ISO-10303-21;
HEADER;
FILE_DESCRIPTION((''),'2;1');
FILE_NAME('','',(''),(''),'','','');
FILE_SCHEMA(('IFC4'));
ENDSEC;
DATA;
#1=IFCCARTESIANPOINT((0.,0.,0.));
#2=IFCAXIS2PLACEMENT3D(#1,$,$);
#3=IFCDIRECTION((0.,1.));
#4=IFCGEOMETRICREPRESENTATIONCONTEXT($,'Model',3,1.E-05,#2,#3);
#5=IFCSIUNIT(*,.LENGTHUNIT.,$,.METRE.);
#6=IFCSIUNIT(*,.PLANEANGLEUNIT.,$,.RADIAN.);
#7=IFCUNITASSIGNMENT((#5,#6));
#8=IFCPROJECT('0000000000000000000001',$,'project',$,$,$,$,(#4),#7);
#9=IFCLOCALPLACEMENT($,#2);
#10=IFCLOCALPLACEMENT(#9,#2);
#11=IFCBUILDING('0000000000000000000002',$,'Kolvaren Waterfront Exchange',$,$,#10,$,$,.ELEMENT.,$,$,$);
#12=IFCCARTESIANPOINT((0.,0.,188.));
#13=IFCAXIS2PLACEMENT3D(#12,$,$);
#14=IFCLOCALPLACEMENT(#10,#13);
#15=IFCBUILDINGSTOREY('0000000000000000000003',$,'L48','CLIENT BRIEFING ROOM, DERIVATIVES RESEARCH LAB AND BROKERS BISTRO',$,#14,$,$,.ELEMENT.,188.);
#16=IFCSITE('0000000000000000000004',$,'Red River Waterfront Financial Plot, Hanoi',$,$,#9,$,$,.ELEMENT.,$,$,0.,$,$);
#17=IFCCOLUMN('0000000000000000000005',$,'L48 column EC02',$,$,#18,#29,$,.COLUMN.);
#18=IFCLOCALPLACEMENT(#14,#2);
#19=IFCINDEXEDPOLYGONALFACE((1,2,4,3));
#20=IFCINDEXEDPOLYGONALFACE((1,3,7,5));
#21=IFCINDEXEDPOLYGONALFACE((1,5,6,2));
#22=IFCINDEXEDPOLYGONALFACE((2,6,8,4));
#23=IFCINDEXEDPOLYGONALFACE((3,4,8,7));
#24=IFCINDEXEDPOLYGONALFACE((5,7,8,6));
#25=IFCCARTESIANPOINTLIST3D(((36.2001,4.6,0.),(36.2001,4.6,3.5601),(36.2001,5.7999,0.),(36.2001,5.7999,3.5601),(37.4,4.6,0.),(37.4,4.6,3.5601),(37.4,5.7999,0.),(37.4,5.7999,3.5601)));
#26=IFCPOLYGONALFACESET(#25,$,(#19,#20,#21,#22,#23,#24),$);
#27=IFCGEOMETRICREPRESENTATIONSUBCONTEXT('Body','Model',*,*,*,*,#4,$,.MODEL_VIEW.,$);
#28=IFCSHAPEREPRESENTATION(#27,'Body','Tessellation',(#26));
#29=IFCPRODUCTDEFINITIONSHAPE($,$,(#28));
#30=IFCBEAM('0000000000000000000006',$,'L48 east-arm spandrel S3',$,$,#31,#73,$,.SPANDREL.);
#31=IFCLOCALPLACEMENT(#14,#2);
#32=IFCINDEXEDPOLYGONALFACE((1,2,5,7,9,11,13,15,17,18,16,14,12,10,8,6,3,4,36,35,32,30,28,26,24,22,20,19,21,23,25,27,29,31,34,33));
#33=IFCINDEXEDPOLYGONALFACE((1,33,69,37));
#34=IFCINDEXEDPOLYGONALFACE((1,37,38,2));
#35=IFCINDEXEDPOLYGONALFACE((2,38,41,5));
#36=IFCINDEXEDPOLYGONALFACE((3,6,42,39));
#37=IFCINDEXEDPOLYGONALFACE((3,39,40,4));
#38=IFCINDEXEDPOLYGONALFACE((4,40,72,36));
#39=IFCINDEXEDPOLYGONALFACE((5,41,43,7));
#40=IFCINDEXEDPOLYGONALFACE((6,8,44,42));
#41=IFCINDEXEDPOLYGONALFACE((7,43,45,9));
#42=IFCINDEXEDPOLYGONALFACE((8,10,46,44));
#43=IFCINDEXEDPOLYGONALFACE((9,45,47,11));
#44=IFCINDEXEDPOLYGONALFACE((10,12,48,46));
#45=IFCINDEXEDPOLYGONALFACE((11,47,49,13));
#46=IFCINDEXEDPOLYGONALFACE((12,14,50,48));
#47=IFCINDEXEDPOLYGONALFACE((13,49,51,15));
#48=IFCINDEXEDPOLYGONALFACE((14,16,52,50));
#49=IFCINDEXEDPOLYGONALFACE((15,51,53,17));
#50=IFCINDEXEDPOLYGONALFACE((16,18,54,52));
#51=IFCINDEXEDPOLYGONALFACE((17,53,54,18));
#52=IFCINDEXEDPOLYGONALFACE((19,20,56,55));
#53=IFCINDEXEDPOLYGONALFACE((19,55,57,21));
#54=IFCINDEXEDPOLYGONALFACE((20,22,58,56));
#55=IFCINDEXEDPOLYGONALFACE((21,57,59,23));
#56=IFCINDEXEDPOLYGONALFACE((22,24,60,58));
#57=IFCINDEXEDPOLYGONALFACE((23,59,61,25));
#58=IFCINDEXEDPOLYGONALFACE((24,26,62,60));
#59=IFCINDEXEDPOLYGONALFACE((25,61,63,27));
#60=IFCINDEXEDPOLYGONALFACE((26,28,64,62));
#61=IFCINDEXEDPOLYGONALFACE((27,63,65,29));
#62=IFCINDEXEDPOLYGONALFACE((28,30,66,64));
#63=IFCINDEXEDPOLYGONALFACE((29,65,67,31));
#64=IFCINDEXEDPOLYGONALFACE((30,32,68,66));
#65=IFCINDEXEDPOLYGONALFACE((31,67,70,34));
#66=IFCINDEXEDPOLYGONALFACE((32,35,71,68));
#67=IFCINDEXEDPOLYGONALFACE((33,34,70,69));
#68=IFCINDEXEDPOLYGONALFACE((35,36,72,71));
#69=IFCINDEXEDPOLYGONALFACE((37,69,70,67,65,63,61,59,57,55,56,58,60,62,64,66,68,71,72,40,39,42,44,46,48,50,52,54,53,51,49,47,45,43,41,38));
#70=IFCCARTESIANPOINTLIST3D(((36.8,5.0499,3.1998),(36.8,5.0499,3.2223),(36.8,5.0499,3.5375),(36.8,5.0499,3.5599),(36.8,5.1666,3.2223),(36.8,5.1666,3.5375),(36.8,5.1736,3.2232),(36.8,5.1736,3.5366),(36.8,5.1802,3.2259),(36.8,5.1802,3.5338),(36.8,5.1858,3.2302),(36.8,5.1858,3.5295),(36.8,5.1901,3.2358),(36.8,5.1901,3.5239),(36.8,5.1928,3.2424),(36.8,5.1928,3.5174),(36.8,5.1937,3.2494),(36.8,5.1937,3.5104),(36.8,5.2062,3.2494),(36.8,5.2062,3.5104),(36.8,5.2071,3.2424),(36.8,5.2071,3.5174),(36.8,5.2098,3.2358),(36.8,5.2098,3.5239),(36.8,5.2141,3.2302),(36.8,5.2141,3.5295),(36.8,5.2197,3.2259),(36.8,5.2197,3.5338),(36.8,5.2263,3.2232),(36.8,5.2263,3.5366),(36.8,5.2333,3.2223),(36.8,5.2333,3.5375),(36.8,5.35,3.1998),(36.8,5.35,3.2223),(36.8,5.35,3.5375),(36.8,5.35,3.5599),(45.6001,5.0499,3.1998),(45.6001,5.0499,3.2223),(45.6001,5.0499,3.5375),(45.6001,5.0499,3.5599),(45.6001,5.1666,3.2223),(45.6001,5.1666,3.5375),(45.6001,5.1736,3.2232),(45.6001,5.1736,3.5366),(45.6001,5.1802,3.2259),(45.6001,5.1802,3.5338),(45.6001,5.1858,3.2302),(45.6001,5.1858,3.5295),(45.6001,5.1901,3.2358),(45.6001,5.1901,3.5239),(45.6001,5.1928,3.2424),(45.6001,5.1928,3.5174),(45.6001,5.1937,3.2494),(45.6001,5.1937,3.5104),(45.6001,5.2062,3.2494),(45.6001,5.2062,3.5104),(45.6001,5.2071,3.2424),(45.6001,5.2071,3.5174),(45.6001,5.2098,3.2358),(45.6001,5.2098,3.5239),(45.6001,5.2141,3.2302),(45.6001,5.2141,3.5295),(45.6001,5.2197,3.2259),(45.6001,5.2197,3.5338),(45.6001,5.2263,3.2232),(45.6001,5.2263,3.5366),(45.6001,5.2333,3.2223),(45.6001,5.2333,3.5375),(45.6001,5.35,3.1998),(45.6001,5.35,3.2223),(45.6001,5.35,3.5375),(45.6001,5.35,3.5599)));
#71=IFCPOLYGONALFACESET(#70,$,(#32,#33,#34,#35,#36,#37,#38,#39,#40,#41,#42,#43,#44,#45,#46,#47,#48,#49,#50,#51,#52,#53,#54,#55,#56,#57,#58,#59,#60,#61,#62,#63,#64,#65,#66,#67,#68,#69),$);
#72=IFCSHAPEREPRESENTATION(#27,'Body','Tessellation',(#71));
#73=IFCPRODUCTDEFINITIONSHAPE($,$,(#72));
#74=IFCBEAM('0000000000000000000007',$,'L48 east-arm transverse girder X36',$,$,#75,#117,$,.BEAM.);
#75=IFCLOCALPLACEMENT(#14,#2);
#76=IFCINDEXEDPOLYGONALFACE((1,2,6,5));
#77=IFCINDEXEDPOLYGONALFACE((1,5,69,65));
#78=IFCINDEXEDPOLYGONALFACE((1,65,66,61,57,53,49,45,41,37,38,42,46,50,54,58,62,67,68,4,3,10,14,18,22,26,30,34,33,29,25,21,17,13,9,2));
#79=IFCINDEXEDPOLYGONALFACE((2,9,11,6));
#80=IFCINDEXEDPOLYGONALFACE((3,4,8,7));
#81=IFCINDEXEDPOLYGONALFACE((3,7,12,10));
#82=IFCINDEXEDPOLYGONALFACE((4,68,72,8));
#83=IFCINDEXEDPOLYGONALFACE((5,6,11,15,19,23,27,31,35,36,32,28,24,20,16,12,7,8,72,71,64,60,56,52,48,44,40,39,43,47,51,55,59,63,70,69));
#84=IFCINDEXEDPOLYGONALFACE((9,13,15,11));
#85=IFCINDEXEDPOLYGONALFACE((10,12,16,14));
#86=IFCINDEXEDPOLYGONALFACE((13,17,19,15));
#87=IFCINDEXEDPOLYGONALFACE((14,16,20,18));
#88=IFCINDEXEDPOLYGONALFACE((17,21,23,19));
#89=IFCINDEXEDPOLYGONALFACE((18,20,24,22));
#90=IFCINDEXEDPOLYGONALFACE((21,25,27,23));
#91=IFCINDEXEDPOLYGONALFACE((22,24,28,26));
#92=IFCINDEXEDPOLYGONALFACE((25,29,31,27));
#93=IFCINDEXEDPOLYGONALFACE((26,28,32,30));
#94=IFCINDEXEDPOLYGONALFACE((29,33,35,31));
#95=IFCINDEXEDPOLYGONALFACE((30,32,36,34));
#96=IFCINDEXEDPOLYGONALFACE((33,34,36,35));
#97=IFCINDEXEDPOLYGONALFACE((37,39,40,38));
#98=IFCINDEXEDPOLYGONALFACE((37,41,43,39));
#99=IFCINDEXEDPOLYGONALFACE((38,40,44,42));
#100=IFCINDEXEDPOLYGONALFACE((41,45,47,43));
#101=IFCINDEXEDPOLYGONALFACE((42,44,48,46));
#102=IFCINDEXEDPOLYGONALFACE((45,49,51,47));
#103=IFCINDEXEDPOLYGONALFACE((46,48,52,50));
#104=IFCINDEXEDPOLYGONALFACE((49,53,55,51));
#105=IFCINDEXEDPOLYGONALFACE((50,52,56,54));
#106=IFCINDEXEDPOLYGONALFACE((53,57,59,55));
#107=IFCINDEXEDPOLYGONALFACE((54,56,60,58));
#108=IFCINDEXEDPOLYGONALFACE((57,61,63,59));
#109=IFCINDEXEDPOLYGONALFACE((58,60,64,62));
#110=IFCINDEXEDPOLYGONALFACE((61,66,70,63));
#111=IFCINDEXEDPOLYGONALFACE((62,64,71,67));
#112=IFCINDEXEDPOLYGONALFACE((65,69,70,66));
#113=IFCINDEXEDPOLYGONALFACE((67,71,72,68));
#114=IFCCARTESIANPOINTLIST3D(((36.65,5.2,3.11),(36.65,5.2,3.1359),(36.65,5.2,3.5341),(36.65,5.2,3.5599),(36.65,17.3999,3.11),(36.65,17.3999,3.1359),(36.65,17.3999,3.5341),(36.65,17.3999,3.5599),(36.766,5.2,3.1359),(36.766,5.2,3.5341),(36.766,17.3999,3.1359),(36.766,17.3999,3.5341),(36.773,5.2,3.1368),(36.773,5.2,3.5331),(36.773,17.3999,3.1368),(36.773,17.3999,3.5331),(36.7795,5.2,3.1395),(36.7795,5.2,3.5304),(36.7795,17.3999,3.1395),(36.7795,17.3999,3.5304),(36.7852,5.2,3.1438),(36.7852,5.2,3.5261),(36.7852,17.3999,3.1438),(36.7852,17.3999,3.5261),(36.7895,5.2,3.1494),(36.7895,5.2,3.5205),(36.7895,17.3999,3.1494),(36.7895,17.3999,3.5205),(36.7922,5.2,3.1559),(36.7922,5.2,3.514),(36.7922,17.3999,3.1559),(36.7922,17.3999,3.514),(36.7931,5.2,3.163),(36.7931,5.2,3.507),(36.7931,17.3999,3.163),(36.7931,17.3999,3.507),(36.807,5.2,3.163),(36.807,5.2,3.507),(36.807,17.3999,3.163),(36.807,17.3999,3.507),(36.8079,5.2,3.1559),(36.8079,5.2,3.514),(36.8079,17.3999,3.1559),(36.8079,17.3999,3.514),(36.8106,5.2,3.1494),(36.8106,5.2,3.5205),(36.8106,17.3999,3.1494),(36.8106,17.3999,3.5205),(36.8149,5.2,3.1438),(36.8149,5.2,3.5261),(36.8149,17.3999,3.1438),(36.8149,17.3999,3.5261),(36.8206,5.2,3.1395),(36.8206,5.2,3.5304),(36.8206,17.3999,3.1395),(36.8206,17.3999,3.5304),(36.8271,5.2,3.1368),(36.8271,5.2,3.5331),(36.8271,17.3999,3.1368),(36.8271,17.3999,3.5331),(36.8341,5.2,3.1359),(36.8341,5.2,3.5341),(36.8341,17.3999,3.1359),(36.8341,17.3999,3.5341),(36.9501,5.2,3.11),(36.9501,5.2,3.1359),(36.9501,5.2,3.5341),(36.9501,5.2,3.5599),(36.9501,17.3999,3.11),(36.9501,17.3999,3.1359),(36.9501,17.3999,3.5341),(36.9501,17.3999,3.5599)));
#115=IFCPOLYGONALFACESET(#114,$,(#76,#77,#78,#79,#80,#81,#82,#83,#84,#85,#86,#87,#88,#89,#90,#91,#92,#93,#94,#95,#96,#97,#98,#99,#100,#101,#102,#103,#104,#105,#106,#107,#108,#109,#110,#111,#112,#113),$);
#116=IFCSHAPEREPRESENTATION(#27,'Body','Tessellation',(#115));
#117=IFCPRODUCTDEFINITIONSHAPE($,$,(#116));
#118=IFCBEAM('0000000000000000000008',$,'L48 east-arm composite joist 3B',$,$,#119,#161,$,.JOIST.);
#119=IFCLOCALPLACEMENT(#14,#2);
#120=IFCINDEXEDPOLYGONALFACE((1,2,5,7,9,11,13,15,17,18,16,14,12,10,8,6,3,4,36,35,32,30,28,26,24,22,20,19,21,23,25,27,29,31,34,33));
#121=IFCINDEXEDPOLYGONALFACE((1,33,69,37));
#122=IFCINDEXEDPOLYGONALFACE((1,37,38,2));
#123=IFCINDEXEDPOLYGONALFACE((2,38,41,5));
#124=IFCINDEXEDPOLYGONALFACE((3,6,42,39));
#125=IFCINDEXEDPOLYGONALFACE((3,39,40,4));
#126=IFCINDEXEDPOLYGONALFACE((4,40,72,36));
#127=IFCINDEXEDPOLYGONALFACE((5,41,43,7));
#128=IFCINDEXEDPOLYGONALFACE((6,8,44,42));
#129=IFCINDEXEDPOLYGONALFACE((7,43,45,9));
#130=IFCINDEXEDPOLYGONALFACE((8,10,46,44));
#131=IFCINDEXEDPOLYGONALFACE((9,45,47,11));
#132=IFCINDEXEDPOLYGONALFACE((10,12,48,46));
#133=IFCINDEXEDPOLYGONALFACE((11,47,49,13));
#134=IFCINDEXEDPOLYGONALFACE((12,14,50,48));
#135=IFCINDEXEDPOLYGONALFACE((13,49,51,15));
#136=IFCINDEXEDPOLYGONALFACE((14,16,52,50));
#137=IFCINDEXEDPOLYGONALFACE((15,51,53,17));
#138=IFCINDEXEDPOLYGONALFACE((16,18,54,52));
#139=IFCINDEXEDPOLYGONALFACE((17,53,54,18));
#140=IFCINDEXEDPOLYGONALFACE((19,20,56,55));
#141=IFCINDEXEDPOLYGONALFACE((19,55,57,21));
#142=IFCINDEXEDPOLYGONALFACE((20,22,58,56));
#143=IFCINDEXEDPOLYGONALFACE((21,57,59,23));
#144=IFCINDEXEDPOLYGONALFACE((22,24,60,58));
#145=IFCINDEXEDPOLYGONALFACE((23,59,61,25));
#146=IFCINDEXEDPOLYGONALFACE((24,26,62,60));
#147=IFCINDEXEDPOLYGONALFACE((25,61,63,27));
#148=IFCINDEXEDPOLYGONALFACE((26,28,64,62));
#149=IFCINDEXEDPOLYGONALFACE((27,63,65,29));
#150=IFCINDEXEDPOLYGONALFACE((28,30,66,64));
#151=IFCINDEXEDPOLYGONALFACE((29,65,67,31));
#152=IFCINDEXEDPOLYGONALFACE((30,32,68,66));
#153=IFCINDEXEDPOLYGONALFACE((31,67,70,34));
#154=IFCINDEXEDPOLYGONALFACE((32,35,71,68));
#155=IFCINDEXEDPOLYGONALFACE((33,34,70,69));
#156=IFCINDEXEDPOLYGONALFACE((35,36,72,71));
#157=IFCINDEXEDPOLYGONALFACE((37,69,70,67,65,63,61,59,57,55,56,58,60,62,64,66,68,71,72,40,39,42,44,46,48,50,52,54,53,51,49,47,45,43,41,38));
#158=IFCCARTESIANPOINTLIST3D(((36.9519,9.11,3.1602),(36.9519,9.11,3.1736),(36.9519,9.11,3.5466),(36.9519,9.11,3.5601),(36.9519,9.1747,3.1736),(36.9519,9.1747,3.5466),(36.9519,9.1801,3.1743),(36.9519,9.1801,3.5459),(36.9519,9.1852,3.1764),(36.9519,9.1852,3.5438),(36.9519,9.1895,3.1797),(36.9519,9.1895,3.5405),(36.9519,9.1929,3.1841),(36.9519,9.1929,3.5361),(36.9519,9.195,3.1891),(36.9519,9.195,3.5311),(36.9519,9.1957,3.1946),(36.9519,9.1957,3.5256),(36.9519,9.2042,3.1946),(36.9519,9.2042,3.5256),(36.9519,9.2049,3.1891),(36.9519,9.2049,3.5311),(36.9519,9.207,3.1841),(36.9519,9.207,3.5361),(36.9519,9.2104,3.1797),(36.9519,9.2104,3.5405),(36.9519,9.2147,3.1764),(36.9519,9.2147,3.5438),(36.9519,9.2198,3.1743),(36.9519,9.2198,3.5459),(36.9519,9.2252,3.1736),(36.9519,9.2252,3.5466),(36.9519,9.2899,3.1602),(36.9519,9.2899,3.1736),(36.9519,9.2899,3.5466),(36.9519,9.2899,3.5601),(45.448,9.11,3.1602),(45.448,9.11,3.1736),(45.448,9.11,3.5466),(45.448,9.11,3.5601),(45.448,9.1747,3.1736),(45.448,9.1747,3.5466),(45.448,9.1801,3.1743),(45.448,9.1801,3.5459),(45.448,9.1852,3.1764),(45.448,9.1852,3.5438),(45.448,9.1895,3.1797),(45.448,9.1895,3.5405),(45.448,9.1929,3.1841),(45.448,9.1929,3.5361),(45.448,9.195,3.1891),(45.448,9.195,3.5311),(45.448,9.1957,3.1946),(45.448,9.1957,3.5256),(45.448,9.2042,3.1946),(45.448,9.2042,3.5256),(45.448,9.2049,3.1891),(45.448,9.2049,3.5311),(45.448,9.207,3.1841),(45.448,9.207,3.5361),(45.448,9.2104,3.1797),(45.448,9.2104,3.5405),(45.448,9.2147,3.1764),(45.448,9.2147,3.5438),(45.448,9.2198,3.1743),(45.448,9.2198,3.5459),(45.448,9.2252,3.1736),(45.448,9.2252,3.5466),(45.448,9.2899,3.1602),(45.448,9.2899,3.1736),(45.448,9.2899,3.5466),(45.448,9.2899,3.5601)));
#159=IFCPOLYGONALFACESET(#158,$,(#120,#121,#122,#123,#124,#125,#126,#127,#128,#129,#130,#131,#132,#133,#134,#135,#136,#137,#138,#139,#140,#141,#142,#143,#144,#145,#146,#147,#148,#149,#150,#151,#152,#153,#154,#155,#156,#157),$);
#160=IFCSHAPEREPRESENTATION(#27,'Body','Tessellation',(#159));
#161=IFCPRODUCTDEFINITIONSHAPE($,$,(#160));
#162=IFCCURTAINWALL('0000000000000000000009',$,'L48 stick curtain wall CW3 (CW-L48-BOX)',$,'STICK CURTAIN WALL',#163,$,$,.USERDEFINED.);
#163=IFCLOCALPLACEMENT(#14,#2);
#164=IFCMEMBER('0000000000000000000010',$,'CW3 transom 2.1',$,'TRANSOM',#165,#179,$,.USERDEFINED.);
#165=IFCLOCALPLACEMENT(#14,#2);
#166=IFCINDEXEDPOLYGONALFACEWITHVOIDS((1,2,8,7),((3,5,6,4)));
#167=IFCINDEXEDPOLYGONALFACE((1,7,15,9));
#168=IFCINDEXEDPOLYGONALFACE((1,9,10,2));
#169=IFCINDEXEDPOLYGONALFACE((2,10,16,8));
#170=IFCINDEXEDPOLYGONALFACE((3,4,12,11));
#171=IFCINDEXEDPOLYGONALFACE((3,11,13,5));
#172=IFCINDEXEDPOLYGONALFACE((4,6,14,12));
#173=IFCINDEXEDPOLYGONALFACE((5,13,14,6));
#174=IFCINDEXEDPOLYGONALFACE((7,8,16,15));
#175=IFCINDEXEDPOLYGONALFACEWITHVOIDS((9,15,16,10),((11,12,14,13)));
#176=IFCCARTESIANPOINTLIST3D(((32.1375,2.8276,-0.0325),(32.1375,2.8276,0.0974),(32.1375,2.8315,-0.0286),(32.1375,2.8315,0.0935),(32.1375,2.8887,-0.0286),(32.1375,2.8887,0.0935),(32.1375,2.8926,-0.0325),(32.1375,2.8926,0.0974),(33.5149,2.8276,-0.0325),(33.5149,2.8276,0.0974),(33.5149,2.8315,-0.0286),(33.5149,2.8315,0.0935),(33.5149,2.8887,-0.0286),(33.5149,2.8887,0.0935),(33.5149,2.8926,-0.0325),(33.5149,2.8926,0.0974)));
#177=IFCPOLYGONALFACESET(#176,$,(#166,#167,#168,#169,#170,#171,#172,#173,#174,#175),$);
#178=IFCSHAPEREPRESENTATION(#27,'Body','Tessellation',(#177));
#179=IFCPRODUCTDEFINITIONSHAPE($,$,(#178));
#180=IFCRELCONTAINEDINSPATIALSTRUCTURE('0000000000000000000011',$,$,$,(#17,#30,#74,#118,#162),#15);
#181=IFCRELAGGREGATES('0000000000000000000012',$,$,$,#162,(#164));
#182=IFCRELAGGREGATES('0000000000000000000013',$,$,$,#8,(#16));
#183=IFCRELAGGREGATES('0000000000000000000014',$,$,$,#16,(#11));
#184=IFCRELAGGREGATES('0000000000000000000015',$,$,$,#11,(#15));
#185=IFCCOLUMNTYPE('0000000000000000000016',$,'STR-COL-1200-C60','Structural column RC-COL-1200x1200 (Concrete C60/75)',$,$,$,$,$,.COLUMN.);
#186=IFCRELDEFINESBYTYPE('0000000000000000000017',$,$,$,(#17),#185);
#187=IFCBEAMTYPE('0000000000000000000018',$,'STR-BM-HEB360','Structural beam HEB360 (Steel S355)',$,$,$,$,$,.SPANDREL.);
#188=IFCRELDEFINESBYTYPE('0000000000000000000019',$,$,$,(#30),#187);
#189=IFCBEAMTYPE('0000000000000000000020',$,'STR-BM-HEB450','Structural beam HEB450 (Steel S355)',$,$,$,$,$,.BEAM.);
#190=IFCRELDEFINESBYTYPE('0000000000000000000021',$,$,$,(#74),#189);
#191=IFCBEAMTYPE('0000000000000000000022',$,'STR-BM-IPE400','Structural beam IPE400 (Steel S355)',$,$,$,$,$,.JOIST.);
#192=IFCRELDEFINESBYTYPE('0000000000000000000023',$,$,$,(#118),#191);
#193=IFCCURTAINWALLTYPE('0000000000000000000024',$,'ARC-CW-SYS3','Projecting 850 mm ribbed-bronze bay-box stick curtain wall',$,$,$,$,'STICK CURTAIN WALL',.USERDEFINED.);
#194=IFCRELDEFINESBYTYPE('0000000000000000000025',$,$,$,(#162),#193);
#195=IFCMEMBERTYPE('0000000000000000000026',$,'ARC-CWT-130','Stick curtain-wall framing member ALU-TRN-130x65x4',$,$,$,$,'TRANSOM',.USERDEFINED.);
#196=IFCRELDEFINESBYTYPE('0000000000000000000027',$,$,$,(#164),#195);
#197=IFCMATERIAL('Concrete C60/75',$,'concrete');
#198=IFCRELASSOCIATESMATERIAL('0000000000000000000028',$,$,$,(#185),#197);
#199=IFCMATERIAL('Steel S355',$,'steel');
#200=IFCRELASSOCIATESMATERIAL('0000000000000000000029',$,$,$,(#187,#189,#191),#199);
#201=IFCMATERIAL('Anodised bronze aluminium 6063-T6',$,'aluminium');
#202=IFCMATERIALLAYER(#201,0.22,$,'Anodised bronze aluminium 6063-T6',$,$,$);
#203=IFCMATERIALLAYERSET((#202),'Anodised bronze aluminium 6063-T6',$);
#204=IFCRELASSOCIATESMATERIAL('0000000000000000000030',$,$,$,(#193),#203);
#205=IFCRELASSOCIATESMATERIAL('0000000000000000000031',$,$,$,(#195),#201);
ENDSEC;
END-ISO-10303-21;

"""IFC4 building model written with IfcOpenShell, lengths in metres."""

from ifc_helpers import new_model, si_unit, direction, frame, origin, origin_with_axes, origin_2d, place, context, subcontext, project, spatial, rectangle, hollow_rectangle, i_section, extrude, source, transform, mapped, material, layer, layer_set, material_profile, profile_set, type_object, element, aggregate, save


model = new_model("IFC4")

# Units and contexts
model_context = context("Model", 3, precision=1e-05, world=origin(), true_north=direction((0.0, 1.0)))
body_context = subcontext(model_context, "Body", "Model", "MODEL_VIEW")
ifc_project = project(units=[si_unit("LENGTHUNIT", "METRE"), si_unit("PLANEANGLEUNIT", "RADIAN")], contexts=[model_context])

# Site, building, storey
site_placement = place(None, origin())
site = spatial("IfcSite", under=ifc_project, at=site_placement, Name="Red River Waterfront Financial Plot, Hanoi", CompositionType="ELEMENT", RefElevation=0.0)
building_placement = place(site_placement, origin())
building = spatial("IfcBuilding", under=site, at=building_placement, Name="Kolvaren Waterfront Exchange", CompositionType="ELEMENT")
storey_placement = place(building_placement, frame((0.0, 0.0, 188.0)))
storey = spatial("IfcBuildingStorey", under=building, at=storey_placement, Name="L48", Description="CLIENT BRIEFING ROOM, DERIVATIVES RESEARCH LAB AND BROKERS BISTRO", CompositionType="ELEMENT", Elevation=188.0)

# Column
ifc_material_1 = material(Name="Concrete C60/75", Category="concrete")
ifc_material_profile_1 = material_profile(ifc_material_1, rectangle(XDim=1.2, YDim=1.2, at=origin_2d()), Name="RC-COL-1200x1200")
ifc_profile_set_1 = profile_set([ifc_material_profile_1], Name="Concrete C60/75")
column_type = type_object("IfcColumnType", Name="STR-COL-1200-C60", Description="Structural column RC-COL-1200x1200 (Concrete C60/75)", PredefinedType="COLUMN", material=ifc_profile_set_1)
column_placement = place(storey_placement, frame((36.8, 5.2, 0.0), z_axis=(0.0, 0.0, 1.0), x_axis=(1.0, 0.0, 0.0)))
element("IfcColumn", 1, at=column_placement, inside=storey, type_object=column_type, Name="L48 column EC02", PredefinedType="COLUMN", context=body_context, shape_type="SweptSolid", body=[
    extrude(rectangle(XDim=1.2, YDim=1.2, at=origin_2d()), origin(), (0.0, 0.0, 1.0), 3.5601),
])

# Beams
ifc_material_2 = material(Name="Steel S355", Category="steel")
ifc_material_profile_2 = material_profile(ifc_material_2, i_section(OverallWidth=0.3, OverallDepth=0.3601, WebThickness=0.0125, FlangeThickness=0.0225, FilletRadius=0.0271, at=origin_2d()), Name="HEB360")
ifc_profile_set_2 = profile_set([ifc_material_profile_2], Name="Steel S355")
beam_type_1 = type_object("IfcBeamType", Name="STR-BM-HEB360", Description="Structural beam HEB360 (Steel S355)", PredefinedType="SPANDREL", material=ifc_profile_set_2)
beam_1_placement = place(storey_placement, frame((36.8, 5.2, 3.3799), z_axis=(1.0, 0.0, 0.0), x_axis=(0.0, 1.0, 0.0)))
element("IfcBeam", 2, at=beam_1_placement, inside=storey, type_object=beam_type_1, Name="L48 east-arm spandrel S3", PredefinedType="SPANDREL", context=body_context, shape_type="SweptSolid", body=[
    extrude(i_section(OverallWidth=0.3, OverallDepth=0.3601, WebThickness=0.0125, FlangeThickness=0.0225, FilletRadius=0.0271, at=origin_2d()), origin(), (0.0, 0.0, 1.0), 8.8),
])
ifc_material_profile_3 = material_profile(ifc_material_2, i_section(OverallWidth=0.3, OverallDepth=0.45, WebThickness=0.0139, FlangeThickness=0.0259, FilletRadius=0.0271, at=origin_2d()), Name="HEB450")
ifc_profile_set_3 = profile_set([ifc_material_profile_3], Name="Steel S355")
beam_type_2 = type_object("IfcBeamType", Name="STR-BM-HEB450", Description="Structural beam HEB450 (Steel S355)", PredefinedType="BEAM", material=ifc_profile_set_3)
beam_2_placement = place(storey_placement, frame((36.8, 5.2, 3.335), z_axis=(0.0, 1.0, 0.0), x_axis=(-1.0, 0.0, 0.0)))
element("IfcBeam", 3, at=beam_2_placement, inside=storey, type_object=beam_type_2, Name="L48 east-arm transverse girder X36", PredefinedType="BEAM", context=body_context, shape_type="SweptSolid", body=[
    extrude(i_section(OverallWidth=0.3, OverallDepth=0.45, WebThickness=0.0139, FlangeThickness=0.0259, FilletRadius=0.0271, at=origin_2d()), origin(), (0.0, 0.0, 1.0), 12.2),
])
ifc_material_profile_4 = material_profile(ifc_material_2, i_section(OverallWidth=0.1799, OverallDepth=0.3999, WebThickness=0.0085, FlangeThickness=0.0134, FilletRadius=0.021, at=origin_2d()), Name="IPE400")
ifc_profile_set_4 = profile_set([ifc_material_profile_4], Name="Steel S355")
beam_type_3 = type_object("IfcBeamType", Name="STR-BM-IPE400", Description="Structural beam IPE400 (Steel S355)", PredefinedType="JOIST", material=ifc_profile_set_4)
beam_3_placement = place(storey_placement, frame((36.9519, 9.2, 3.3601), z_axis=(1.0, 0.0, 0.0), x_axis=(0.0, 1.0, 0.0)))
element("IfcBeam", 4, at=beam_3_placement, inside=storey, type_object=beam_type_3, Name="L48 east-arm composite joist 3B", PredefinedType="JOIST", context=body_context, shape_type="SweptSolid", body=[
    extrude(i_section(OverallWidth=0.1799, OverallDepth=0.3999, WebThickness=0.0085, FlangeThickness=0.0134, FilletRadius=0.021, at=origin_2d()), origin(), (0.0, 0.0, 1.0), 8.4961),
])

# Curtain wall, member
ifc_material_3 = material(Name="Anodised bronze aluminium 6063-T6", Category="aluminium")
ifc_layer_1 = layer(ifc_material_3, 0.22, Name="Anodised bronze aluminium 6063-T6")
ifc_layer_set_1 = layer_set([ifc_layer_1], Name="Anodised bronze aluminium 6063-T6")
curtain_wall_type_1 = type_object("IfcCurtainWallType", Name="ARC-CW-SYS3", Description="Projecting 850 mm ribbed-bronze bay-box stick curtain wall", ElementType="STICK CURTAIN WALL", PredefinedType="USERDEFINED", material=ifc_layer_set_1)
curtain_wall_1_placement = place(storey_placement, origin())
curtain_wall_1 = element("IfcCurtainWall", 5, at=curtain_wall_1_placement, inside=storey, type_object=curtain_wall_type_1, Name="L48 stick curtain wall CW3 (CW-L48-BOX)", ObjectType="STICK CURTAIN WALL", PredefinedType="USERDEFINED")
ifc_material_profile_5 = material_profile(ifc_material_3, hollow_rectangle(XDim=0.0649, YDim=0.1299, WallThickness=0.0039, at=origin_2d()), Name="ALU-TRN-130x65x4")
ifc_profile_set_5 = profile_set([ifc_material_profile_5], Name="Anodised bronze aluminium 6063-T6")
member_type_1 = type_object("IfcMemberType", Name="ARC-CWT-130", Description="Stick curtain-wall framing member ALU-TRN-130x65x4", ElementType="TRANSOM", PredefinedType="USERDEFINED", material=ifc_profile_set_5)
shared_shape_1 = source(origin_with_axes(), body_context, "Body", "SweptSolid", [
    extrude(hollow_rectangle(XDim=0.0649, YDim=0.1299, WallThickness=0.0039, at=origin_2d()), origin(), (0.0, 0.0, 1.0), 1.3774),
])
member_1_placement = place(storey_placement, frame((32.1375, 2.8601, 0.0325), z_axis=(1.0, 0.0, 0.0), x_axis=(0.0, 1.0, 0.0)))
member_1 = element("IfcMember", 6, at=member_1_placement, type_object=member_type_1, Name="CW3 transom 2.1", ObjectType="TRANSOM", PredefinedType="USERDEFINED", context=body_context, shape_type="MappedRepresentation", body=[
    mapped(shared_shape_1, transform((0.0, 0.0, 0.0), x_axis=(1.0, 0.0, 0.0), y_axis=(0.0, 1.0, 0.0), z_axis=(0.0, 0.0, 1.0), scale=1.0)),
])

aggregate(curtain_wall_1, [member_1])

save(model, "model.ifc")
